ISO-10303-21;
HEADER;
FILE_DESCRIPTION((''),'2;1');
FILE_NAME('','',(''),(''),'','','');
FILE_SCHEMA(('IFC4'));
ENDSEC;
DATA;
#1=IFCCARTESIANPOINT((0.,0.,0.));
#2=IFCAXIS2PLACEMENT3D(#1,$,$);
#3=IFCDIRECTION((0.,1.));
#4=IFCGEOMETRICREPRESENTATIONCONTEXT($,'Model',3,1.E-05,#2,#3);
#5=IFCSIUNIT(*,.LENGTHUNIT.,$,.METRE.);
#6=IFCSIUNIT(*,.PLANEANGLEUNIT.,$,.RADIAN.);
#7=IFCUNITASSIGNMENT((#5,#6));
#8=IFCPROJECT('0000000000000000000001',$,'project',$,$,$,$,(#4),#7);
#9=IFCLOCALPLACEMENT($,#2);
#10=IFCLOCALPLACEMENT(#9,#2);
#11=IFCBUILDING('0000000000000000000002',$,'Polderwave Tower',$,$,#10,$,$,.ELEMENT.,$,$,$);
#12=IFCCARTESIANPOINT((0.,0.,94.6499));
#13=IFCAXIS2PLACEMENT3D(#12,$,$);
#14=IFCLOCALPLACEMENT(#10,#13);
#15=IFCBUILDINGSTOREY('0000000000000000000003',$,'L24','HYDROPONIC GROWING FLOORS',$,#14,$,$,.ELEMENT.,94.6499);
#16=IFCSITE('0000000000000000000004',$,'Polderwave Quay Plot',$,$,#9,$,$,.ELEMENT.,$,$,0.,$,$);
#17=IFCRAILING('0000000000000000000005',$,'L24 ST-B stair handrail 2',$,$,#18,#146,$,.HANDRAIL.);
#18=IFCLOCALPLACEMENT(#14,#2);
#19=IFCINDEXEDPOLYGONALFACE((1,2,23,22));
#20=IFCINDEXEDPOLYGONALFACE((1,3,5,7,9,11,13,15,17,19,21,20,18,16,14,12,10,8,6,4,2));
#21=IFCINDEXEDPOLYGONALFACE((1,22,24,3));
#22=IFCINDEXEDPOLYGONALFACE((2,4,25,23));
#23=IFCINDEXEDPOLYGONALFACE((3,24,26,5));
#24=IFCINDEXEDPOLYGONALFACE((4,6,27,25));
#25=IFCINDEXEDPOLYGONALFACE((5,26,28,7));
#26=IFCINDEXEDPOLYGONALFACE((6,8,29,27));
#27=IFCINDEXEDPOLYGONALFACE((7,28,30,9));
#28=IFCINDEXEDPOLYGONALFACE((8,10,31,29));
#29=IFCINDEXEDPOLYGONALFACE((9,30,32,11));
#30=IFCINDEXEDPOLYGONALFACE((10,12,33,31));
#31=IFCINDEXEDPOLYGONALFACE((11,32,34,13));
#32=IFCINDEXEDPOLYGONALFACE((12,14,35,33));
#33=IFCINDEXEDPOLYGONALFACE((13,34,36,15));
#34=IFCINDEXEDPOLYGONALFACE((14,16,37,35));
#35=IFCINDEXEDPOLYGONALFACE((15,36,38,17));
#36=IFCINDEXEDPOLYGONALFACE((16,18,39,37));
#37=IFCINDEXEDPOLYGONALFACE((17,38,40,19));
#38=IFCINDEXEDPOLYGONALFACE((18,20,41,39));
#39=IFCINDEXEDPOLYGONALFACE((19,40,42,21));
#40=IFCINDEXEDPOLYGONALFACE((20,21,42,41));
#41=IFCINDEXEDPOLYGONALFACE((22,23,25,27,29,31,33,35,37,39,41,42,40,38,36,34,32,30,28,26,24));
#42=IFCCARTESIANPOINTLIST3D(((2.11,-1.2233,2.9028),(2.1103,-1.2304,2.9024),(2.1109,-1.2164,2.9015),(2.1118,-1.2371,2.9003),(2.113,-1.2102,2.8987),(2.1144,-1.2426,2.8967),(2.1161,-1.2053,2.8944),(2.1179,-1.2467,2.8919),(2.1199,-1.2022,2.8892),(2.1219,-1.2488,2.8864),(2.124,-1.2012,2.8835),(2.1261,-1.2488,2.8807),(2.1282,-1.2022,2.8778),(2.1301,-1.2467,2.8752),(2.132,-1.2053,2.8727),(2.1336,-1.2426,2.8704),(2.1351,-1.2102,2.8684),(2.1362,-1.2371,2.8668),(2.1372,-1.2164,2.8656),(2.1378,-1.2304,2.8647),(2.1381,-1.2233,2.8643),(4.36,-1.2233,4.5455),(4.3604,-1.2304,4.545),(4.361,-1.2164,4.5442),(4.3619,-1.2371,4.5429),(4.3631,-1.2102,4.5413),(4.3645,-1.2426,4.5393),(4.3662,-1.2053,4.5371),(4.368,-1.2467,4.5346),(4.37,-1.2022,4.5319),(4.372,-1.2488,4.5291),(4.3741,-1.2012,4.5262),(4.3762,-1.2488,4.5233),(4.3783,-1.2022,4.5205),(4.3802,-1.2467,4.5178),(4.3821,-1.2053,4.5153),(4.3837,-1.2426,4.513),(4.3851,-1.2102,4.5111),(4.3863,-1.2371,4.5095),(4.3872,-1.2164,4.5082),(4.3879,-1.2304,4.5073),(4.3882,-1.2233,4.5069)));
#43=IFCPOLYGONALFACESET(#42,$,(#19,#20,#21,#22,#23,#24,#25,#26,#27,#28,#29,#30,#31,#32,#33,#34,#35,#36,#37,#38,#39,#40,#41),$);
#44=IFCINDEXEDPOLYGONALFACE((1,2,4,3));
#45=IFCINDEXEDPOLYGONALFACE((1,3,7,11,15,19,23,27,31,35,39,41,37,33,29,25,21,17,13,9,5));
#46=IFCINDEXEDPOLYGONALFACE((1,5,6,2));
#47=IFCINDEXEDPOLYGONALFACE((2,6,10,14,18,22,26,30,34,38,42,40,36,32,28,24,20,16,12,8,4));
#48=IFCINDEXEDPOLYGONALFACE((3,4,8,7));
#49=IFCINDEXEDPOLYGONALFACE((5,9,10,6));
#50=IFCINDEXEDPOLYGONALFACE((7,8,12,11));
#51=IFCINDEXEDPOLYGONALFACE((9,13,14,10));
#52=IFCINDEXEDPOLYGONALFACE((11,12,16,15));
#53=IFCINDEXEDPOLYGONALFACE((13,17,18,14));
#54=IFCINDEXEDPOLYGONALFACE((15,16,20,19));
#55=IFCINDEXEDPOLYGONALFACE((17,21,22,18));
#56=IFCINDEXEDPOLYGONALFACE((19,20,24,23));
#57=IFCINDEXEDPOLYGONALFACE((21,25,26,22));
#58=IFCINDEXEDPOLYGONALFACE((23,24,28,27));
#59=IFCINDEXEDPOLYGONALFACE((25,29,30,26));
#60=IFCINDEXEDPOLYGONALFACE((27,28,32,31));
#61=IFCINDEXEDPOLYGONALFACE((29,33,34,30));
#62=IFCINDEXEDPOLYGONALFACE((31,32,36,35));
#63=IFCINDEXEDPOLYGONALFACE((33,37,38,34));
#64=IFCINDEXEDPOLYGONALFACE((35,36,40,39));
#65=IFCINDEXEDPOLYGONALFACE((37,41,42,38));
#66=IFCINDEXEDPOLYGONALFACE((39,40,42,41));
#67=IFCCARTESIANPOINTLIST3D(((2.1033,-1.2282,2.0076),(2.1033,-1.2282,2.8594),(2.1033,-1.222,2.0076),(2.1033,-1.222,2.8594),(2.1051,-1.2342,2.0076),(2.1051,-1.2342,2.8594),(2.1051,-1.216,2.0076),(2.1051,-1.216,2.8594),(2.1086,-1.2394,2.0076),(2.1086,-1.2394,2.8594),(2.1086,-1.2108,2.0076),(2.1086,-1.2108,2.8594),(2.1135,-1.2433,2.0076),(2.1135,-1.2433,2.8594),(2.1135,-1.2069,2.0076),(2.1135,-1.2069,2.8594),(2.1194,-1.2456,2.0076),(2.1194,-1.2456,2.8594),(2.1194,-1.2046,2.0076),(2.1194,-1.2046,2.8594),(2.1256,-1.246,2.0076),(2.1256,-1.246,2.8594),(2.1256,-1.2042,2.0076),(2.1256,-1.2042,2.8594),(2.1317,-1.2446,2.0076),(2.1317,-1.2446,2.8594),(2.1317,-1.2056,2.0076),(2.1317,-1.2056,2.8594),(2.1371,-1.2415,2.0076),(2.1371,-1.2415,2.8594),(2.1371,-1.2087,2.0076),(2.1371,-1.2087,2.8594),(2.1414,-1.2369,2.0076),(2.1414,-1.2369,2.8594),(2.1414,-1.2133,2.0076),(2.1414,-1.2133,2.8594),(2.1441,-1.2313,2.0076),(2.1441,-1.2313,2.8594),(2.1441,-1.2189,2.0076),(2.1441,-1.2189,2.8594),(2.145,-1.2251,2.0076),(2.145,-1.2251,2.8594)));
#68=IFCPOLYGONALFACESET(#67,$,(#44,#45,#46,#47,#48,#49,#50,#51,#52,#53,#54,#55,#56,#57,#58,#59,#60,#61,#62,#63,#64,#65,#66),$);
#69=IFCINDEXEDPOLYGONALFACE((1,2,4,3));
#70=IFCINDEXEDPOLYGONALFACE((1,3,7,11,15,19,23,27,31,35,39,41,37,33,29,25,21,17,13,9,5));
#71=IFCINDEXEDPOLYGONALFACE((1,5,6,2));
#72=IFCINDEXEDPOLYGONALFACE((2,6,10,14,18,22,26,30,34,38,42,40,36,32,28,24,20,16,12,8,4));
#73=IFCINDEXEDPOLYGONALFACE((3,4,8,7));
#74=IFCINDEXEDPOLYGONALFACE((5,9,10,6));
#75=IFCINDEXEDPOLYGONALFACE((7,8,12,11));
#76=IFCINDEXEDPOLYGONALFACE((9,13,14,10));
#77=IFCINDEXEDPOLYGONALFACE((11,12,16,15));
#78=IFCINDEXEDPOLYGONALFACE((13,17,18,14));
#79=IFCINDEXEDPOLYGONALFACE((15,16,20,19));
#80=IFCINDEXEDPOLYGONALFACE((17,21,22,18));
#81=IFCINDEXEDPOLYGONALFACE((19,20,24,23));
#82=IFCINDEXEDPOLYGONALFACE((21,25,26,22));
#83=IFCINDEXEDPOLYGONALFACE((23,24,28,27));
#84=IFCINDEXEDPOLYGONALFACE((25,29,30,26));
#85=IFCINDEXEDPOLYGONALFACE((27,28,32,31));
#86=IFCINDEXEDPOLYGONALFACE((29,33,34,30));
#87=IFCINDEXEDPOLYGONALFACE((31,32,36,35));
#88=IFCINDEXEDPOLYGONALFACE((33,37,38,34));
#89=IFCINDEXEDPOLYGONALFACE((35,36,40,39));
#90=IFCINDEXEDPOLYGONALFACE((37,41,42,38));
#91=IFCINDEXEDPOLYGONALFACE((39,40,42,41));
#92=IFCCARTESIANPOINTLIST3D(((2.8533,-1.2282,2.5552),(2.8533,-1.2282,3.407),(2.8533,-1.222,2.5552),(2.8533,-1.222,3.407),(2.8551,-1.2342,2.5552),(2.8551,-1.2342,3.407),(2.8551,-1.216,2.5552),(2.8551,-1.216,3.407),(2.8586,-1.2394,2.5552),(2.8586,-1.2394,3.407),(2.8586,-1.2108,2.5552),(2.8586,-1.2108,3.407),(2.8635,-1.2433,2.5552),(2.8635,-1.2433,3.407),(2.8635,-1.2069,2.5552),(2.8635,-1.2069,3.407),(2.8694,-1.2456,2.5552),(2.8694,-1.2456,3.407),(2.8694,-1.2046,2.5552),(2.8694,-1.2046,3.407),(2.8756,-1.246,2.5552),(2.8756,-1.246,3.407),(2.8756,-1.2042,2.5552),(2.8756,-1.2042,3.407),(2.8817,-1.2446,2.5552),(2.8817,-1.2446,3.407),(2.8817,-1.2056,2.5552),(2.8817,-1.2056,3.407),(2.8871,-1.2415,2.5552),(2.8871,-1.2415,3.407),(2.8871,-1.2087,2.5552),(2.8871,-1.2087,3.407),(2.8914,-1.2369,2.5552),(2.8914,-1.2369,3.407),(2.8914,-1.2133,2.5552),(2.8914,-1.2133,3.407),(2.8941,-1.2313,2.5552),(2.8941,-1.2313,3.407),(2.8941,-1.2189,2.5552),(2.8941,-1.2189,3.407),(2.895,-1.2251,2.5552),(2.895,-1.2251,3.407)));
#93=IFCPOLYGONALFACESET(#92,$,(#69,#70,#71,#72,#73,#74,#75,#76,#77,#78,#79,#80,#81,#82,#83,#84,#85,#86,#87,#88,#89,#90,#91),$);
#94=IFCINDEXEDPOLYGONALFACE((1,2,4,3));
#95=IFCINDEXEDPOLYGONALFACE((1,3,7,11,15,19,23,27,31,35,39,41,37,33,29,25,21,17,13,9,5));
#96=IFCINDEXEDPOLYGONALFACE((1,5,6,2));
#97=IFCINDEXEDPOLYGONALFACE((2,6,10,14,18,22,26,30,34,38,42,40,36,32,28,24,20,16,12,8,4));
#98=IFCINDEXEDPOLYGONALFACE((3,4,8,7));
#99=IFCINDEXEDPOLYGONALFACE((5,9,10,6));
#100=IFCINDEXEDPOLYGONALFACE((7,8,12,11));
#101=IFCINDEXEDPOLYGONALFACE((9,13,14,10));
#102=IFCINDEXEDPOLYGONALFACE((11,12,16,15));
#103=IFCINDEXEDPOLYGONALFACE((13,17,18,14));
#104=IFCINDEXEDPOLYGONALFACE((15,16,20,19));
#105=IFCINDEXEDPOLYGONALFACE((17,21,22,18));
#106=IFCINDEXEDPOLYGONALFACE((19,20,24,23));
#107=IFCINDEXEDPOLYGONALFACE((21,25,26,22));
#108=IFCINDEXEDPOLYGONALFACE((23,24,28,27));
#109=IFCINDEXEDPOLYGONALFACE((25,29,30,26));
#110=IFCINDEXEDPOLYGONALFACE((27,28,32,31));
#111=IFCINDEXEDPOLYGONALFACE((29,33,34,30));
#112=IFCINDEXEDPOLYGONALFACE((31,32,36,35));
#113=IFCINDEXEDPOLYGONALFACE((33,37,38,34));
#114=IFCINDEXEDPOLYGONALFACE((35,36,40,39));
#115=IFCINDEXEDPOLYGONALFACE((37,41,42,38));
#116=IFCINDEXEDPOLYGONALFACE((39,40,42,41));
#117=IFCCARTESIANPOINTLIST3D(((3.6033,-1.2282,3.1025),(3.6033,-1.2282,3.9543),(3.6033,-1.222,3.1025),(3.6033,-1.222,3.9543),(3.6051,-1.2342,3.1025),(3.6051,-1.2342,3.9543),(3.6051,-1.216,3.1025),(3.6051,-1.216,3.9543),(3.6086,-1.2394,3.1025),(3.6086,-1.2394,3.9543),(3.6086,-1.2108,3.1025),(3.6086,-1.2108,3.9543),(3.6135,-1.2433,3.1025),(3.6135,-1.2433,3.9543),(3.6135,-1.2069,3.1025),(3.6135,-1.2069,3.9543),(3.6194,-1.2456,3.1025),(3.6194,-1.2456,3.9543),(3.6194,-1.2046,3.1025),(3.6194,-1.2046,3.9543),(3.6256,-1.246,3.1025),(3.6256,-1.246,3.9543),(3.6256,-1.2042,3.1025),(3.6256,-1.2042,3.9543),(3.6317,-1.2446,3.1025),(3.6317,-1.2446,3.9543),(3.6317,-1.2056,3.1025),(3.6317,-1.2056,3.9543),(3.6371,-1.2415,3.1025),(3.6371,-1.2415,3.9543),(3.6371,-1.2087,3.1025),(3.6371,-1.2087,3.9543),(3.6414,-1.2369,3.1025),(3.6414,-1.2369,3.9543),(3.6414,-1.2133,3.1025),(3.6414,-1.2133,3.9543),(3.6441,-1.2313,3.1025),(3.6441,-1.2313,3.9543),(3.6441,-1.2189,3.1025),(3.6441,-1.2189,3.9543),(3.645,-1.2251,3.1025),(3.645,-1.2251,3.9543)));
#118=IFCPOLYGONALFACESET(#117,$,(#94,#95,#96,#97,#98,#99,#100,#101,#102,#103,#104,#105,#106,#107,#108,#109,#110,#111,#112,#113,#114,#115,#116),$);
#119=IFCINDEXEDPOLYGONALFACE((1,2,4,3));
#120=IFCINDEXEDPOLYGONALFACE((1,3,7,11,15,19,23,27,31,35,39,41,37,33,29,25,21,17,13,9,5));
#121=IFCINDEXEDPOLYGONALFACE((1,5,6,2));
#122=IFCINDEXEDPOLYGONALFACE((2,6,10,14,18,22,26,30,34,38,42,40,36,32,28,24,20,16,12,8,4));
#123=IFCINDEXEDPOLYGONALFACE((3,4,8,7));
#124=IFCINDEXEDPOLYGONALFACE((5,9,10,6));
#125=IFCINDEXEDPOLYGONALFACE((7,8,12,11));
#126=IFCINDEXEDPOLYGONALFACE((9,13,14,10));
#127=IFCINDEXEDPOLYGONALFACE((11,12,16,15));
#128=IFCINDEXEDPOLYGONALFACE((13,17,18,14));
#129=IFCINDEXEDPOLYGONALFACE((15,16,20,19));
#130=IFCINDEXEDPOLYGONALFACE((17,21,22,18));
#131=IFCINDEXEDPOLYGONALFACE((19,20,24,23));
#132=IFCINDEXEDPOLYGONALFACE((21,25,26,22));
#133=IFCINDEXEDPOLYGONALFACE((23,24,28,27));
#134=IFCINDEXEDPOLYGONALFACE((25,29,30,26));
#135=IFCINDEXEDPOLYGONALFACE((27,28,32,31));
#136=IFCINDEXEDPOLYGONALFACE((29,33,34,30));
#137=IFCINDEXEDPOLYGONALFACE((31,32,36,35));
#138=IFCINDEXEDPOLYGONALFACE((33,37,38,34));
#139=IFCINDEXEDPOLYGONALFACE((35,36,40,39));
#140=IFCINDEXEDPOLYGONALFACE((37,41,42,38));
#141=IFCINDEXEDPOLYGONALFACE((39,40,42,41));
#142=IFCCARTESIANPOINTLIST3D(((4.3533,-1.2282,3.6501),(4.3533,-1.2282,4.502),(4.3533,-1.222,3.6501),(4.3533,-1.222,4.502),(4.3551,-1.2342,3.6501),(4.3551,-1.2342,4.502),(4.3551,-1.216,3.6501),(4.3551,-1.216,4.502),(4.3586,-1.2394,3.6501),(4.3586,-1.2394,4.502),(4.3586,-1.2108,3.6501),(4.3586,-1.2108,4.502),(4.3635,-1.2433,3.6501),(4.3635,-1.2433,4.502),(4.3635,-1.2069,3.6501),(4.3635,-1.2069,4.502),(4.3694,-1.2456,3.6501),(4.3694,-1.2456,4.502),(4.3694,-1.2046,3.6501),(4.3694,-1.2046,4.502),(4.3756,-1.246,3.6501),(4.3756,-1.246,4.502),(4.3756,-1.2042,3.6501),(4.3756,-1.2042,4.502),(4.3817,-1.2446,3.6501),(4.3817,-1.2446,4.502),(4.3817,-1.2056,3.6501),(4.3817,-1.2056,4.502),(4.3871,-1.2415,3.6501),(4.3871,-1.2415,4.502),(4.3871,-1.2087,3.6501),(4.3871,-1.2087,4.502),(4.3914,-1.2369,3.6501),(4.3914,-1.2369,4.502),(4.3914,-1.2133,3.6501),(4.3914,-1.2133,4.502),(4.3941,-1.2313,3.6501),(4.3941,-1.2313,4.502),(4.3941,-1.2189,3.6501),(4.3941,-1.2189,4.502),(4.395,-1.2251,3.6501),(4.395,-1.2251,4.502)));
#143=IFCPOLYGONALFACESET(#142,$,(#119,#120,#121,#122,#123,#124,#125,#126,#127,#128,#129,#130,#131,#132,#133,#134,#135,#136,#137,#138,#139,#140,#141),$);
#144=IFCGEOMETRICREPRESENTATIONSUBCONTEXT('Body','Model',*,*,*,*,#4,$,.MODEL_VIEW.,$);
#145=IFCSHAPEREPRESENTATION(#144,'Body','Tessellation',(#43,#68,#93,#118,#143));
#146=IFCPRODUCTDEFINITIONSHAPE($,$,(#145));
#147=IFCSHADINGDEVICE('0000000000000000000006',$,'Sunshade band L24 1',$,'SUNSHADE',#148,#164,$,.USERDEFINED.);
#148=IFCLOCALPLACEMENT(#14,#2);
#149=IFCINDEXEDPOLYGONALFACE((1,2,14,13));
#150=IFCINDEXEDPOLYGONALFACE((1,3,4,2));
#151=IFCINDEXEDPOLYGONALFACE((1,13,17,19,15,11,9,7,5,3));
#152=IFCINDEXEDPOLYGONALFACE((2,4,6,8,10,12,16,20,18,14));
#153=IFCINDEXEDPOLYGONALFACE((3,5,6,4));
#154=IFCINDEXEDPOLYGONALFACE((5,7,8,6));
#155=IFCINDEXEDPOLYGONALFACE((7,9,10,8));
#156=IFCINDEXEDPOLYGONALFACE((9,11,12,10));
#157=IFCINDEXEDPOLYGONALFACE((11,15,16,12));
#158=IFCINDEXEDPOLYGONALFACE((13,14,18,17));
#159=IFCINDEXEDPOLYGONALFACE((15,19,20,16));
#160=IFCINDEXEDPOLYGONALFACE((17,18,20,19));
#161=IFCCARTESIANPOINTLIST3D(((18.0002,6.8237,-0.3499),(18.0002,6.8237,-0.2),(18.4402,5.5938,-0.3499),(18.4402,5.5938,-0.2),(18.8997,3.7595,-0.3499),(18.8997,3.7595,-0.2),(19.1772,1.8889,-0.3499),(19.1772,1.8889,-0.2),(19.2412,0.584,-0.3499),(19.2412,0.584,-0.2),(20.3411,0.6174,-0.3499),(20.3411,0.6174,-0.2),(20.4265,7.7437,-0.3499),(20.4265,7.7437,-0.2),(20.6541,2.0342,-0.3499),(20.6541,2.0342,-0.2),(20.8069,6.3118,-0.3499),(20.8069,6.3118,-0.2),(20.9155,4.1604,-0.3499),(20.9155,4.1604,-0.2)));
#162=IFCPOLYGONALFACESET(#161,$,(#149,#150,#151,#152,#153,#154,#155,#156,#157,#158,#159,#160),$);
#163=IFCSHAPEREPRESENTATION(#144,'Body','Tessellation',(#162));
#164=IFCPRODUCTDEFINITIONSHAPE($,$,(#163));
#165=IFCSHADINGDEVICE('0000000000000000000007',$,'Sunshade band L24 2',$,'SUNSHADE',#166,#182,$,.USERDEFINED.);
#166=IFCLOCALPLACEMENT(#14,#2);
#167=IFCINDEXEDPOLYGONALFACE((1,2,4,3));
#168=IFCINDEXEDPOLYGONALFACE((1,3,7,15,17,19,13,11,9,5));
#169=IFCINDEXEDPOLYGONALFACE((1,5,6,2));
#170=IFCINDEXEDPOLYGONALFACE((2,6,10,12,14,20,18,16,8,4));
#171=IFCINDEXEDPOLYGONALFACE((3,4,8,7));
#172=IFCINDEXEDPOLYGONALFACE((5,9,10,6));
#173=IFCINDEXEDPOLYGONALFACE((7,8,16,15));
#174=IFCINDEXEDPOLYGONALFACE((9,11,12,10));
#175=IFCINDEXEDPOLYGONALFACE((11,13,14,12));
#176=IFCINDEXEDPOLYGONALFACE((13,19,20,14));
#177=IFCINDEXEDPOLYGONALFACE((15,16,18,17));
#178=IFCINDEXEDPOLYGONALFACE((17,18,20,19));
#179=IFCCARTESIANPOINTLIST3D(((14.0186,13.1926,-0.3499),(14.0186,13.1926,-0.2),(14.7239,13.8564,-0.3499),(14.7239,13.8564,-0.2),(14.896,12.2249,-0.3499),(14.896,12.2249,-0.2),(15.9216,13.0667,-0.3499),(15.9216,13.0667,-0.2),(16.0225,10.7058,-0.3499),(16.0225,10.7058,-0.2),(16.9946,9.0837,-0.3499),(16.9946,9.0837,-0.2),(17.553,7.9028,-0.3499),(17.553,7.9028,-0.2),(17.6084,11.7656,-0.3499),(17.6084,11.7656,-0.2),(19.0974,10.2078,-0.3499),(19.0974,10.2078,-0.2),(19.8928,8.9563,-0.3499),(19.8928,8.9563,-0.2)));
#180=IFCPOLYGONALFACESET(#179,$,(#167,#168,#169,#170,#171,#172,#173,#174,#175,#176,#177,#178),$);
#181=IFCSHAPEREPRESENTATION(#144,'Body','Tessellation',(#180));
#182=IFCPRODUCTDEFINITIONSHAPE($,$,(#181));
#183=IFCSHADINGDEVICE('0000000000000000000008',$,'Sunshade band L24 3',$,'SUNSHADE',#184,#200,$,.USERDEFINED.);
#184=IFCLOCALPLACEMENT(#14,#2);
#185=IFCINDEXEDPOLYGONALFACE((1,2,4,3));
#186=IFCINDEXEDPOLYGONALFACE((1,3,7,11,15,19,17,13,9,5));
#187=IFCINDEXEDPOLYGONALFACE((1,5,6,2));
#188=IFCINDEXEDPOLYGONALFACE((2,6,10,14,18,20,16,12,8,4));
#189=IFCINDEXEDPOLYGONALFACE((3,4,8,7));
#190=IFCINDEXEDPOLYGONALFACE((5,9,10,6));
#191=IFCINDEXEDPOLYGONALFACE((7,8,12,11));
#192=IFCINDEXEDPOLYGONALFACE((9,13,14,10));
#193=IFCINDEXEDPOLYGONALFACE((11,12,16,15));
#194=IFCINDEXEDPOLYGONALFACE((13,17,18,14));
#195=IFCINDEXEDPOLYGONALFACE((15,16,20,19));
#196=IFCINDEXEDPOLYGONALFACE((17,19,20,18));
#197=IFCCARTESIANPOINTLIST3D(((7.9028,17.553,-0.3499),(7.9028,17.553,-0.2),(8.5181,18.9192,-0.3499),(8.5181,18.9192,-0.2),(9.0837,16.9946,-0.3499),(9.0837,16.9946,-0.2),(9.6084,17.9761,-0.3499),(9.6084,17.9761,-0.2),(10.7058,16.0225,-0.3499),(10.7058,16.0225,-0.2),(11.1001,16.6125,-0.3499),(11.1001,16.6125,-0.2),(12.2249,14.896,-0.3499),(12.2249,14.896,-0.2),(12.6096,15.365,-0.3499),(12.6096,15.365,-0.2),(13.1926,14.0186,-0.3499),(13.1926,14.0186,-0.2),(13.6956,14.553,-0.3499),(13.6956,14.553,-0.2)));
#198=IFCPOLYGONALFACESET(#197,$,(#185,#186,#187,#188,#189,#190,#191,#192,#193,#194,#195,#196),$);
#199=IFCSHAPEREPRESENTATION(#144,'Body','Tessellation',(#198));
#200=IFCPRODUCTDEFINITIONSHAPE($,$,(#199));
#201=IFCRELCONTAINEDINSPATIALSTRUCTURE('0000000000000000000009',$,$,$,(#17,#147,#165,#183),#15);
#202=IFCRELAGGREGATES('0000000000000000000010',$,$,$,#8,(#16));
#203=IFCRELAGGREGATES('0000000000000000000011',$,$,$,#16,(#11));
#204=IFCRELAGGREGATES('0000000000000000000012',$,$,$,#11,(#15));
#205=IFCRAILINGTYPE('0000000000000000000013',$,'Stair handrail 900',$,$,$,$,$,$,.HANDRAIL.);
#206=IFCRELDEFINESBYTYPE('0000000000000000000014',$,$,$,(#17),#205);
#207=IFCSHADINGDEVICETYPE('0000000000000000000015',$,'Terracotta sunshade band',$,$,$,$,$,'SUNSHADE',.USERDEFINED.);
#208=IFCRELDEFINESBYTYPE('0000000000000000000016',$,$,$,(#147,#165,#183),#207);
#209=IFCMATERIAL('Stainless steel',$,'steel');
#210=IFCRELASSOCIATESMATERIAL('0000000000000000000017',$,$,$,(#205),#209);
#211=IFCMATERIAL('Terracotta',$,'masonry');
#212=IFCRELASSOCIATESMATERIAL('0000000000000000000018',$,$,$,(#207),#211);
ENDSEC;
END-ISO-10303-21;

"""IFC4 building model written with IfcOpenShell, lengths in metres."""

from ifc_helpers import new_model, si_unit, direction, frame, origin, origin_2d, place, context, subcontext, project, spatial, polyline, circle, outline, extrude, material, type_object, element, save


model = new_model("IFC4")

# Units and contexts
model_context = context("Model", 3, precision=1e-05, world=origin(), true_north=direction((0.0, 1.0)))
body_context = subcontext(model_context, "Body", "Model", "MODEL_VIEW")
ifc_project = project(units=[si_unit("LENGTHUNIT", "METRE"), si_unit("PLANEANGLEUNIT", "RADIAN")], contexts=[model_context])

# Site, building, storey
site_placement = place(None, origin())
site = spatial("IfcSite", under=ifc_project, at=site_placement, Name="Polderwave Quay Plot", CompositionType="ELEMENT", RefElevation=0.0)
building_placement = place(site_placement, origin())
building = spatial("IfcBuilding", under=site, at=building_placement, Name="Polderwave Tower", CompositionType="ELEMENT")
storey_placement = place(building_placement, frame((0.0, 0.0, 94.6499)))
storey = spatial("IfcBuildingStorey", under=building, at=storey_placement, Name="L24", Description="HYDROPONIC GROWING FLOORS", CompositionType="ELEMENT", Elevation=94.6499)

# Railing
ifc_material_1 = material(Name="Stainless steel", Category="steel")
railing_type_1 = type_object("IfcRailingType", Name="Stair handrail 900", PredefinedType="HANDRAIL", material=ifc_material_1)
railing_1_placement = place(storey_placement, frame((2.124, -1.2251, 2.0076)))
element("IfcRailing", 1, at=railing_1_placement, inside=storey, type_object=railing_type_1, Name="L24 ST-B stair handrail 2", PredefinedType="HANDRAIL", context=body_context, shape_type="SweptSolid", body=[
    extrude(circle(Radius=0.0239, at=origin_2d()), frame((0.0, 0.0, 0.876), z_axis=(0.807674, 0.0, 0.58963), x_axis=(0.0, 1.0, 0.0)), (0.0, 0.0, 1.0), 2.7859),
    extrude(circle(Radius=0.021, at=origin_2d()), origin(), (0.0, 0.0, 1.0), 0.8518),
    extrude(circle(Radius=0.021, at=origin_2d()), frame((0.75, 0.0, 0.5476)), (0.0, 0.0, 1.0), 0.8518),
    extrude(circle(Radius=0.021, at=origin_2d()), frame((1.5, 0.0, 1.095)), (0.0, 0.0, 1.0), 0.8518),
    extrude(circle(Radius=0.021, at=origin_2d()), frame((2.25, 0.0, 1.6426)), (0.0, 0.0, 1.0), 0.8518),
])

# Shading devices
ifc_material_2 = material(Name="Terracotta", Category="masonry")
shading_device_type = type_object("IfcShadingDeviceType", Name="Terracotta sunshade band", ElementType="SUNSHADE", PredefinedType="USERDEFINED", material=ifc_material_2)
shading_device_1_placement = place(storey_placement, frame((0.0, 0.0, -0.3499)))
element("IfcShadingDevice", 2, at=shading_device_1_placement, inside=storey, type_object=shading_device_type, Name="Sunshade band L24 1", ObjectType="SUNSHADE", PredefinedType="USERDEFINED", context=body_context, shape_type="SweptSolid", body=[
    extrude(outline(polyline([(19.2412, 0.584), (19.1772, 1.8889), (18.8997, 3.7595), (18.4402, 5.5938), (18.0002, 6.8237), (20.4265, 7.7437), (20.8069, 6.3118), (20.9155, 4.1604), (20.6541, 2.0342), (20.3411, 0.6174), (19.2412, 0.584)])), origin(), (0.0, 0.0, 1.0), 0.1499),
])
shading_device_2_placement = place(storey_placement, frame((0.0, 0.0, -0.3499)))
element("IfcShadingDevice", 3, at=shading_device_2_placement, inside=storey, type_object=shading_device_type, Name="Sunshade band L24 2", ObjectType="SUNSHADE", PredefinedType="USERDEFINED", context=body_context, shape_type="SweptSolid", body=[
    extrude(outline(polyline([(17.553, 7.9028), (16.9946, 9.0837), (16.0225, 10.7058), (14.896, 12.2249), (14.0186, 13.1926), (14.7239, 13.8564), (15.9216, 13.0667), (17.6084, 11.7656), (19.0974, 10.2078), (19.8928, 8.9563), (17.553, 7.9028)])), origin(), (0.0, 0.0, 1.0), 0.1499),
])
shading_device_3_placement = place(storey_placement, frame((0.0, 0.0, -0.3499)))
element("IfcShadingDevice", 4, at=shading_device_3_placement, inside=storey, type_object=shading_device_type, Name="Sunshade band L24 3", ObjectType="SUNSHADE", PredefinedType="USERDEFINED", context=body_context, shape_type="SweptSolid", body=[
    extrude(outline(polyline([(13.1926, 14.0186), (12.2249, 14.896), (10.7058, 16.0225), (9.0837, 16.9946), (7.9028, 17.553), (8.5181, 18.9192), (9.6084, 17.9761), (11.1001, 16.6125), (12.6096, 15.365), (13.6956, 14.553), (13.1926, 14.0186)])), origin(), (0.0, 0.0, 1.0), 0.1499),
])

save(model, "model.ifc")
